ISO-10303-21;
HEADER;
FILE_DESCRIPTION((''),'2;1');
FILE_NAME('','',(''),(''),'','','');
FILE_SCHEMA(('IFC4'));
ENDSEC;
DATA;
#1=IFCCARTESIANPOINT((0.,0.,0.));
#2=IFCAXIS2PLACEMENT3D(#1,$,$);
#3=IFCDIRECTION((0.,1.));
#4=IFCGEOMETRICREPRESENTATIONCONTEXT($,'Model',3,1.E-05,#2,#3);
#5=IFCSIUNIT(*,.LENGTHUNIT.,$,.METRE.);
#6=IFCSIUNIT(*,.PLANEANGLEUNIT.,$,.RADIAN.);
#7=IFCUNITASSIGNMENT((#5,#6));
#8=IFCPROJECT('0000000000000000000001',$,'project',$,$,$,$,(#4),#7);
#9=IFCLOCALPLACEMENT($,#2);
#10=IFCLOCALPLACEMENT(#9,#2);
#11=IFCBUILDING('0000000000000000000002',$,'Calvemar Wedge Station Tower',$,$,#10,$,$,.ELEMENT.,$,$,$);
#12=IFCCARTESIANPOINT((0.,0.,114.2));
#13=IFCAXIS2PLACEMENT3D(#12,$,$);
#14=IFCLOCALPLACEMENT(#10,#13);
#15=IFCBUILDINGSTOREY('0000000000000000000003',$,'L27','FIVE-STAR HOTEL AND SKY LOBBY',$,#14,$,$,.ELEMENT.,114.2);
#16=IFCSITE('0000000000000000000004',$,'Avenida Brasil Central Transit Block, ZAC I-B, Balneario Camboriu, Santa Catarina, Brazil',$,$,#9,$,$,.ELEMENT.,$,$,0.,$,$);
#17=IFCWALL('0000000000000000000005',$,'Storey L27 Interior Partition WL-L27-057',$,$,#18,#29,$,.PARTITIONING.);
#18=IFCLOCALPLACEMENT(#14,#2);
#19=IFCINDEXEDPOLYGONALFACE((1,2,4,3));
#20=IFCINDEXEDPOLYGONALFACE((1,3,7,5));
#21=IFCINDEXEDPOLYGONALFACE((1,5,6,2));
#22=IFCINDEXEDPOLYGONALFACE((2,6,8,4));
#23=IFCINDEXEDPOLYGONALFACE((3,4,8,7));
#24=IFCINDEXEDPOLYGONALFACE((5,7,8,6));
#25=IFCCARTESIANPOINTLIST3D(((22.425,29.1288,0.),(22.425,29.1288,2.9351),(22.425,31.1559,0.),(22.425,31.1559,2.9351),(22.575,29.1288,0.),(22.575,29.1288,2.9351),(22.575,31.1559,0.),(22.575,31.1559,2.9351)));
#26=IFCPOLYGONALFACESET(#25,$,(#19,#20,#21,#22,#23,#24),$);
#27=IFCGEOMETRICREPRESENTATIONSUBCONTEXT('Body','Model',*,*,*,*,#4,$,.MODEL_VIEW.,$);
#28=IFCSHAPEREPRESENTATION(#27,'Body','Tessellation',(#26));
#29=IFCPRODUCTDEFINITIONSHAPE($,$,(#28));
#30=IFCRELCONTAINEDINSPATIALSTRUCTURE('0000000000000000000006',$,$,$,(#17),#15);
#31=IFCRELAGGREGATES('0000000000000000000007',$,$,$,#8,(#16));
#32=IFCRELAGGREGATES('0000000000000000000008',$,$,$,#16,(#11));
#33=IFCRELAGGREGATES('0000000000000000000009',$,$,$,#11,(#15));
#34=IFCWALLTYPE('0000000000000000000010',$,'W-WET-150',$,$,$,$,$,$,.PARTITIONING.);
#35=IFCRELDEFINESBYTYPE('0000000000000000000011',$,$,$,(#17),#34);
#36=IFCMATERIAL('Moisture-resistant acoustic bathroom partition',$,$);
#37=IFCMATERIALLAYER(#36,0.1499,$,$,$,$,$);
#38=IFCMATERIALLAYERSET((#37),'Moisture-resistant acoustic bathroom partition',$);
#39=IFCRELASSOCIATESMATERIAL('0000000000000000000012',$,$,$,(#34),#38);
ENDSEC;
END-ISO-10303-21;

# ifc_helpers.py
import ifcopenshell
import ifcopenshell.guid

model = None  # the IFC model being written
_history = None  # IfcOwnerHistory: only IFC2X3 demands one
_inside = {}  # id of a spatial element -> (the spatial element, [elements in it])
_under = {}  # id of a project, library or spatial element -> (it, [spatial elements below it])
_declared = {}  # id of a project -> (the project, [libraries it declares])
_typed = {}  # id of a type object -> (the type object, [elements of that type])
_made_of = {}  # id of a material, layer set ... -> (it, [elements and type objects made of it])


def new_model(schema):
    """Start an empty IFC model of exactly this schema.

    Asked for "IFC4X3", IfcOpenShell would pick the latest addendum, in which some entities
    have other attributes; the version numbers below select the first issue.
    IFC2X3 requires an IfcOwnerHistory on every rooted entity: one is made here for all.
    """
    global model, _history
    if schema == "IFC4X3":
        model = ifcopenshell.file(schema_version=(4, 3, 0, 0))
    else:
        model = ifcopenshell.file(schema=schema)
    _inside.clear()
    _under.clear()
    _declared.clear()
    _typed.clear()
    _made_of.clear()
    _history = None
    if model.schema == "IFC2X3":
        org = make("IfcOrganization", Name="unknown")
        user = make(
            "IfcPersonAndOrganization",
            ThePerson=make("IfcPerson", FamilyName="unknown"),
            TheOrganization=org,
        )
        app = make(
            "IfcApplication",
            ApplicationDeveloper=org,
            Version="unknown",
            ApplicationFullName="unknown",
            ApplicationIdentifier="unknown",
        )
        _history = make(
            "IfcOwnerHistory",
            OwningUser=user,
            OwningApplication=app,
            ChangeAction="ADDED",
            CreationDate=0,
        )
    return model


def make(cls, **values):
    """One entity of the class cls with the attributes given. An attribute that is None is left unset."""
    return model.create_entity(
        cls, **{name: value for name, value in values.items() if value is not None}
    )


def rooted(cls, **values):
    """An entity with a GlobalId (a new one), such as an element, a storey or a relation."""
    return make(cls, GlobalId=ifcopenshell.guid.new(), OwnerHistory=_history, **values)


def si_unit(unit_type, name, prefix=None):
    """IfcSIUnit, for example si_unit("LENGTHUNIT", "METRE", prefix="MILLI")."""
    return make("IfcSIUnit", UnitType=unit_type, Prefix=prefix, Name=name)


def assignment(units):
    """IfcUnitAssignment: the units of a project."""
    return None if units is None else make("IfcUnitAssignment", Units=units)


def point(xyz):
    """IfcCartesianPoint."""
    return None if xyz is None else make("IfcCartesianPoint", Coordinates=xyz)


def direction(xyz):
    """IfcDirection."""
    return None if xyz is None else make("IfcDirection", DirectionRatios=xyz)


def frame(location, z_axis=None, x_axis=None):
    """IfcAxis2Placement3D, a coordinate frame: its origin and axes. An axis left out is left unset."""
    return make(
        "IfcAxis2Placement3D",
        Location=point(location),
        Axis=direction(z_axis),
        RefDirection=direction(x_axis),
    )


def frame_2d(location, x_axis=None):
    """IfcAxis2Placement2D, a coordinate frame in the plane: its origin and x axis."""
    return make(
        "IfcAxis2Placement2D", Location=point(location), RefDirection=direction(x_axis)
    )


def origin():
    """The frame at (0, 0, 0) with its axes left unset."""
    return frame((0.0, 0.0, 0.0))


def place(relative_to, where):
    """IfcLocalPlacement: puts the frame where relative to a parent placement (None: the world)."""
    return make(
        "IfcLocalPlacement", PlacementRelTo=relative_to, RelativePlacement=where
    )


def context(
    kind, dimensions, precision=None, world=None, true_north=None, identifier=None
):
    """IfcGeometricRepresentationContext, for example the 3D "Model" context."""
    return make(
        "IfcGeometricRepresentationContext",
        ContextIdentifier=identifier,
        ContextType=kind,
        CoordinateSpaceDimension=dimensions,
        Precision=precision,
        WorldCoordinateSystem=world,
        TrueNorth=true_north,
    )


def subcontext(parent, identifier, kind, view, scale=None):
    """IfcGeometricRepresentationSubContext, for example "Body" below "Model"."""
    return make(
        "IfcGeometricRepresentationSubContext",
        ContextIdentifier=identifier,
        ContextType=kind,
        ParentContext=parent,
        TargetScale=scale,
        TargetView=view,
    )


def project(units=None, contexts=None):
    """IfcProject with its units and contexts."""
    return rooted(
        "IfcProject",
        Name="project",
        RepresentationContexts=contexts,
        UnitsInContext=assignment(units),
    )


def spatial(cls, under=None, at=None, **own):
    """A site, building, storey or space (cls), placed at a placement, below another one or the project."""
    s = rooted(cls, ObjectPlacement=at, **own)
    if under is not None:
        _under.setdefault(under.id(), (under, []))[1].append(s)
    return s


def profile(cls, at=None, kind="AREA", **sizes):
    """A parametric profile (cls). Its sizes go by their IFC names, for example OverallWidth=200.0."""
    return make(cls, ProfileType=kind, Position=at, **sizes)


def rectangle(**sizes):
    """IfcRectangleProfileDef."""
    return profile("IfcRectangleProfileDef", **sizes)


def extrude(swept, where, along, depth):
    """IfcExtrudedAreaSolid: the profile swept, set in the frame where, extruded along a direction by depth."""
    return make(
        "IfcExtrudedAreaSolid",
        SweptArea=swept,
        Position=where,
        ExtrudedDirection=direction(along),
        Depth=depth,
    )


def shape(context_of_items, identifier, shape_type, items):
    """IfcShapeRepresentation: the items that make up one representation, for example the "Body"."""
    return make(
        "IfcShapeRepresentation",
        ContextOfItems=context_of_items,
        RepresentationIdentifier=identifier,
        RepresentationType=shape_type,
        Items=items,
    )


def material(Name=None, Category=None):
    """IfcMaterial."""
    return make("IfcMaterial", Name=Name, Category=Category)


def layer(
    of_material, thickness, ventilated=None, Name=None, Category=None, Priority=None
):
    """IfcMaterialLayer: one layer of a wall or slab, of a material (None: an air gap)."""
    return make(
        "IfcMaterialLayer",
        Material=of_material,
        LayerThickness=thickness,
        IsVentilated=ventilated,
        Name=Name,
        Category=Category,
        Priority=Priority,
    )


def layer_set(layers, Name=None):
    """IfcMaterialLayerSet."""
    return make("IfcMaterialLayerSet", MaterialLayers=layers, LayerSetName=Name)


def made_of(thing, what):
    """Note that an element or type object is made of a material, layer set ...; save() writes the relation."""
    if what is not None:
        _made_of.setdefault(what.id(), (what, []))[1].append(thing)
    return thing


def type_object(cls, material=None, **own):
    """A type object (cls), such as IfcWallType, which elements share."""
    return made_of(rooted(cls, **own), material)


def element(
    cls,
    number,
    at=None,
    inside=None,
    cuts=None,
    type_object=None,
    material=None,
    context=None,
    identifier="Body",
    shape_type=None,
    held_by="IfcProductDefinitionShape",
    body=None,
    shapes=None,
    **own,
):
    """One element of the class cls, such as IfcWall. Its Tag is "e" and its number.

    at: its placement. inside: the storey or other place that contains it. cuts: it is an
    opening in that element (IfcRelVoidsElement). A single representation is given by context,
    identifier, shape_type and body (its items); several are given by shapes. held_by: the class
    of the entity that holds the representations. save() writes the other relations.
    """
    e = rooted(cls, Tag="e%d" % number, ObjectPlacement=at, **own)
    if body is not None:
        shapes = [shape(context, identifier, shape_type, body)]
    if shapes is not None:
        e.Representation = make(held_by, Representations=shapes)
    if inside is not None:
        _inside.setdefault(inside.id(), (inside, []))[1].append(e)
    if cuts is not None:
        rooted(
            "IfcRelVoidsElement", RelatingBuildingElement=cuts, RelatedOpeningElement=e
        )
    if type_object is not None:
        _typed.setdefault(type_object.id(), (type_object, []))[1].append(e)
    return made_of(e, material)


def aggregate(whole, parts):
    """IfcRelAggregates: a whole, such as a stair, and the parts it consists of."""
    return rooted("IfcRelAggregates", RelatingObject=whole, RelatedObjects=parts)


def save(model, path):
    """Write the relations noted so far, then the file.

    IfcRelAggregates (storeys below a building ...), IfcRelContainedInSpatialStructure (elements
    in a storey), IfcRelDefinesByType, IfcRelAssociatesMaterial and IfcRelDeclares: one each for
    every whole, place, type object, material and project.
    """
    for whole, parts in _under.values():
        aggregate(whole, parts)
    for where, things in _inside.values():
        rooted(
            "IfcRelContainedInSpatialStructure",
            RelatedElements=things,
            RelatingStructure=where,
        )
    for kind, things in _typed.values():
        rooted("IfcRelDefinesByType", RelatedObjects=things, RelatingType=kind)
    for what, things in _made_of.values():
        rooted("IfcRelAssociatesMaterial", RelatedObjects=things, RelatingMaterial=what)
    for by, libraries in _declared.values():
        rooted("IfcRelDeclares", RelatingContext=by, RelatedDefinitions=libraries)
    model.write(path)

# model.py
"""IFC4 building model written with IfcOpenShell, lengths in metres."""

from ifc_helpers import new_model, si_unit, direction, frame, frame_2d, origin, place, context, subcontext, project, spatial, rectangle, extrude, material, layer, layer_set, type_object, element, save


model = new_model("IFC4")

# Units and contexts
model_context = context("Model", 3, precision=1e-05, world=origin(), true_north=direction((0.0, 1.0)))
body_context = subcontext(model_context, "Body", "Model", "MODEL_VIEW")
ifc_project = project(units=[si_unit("LENGTHUNIT", "METRE"), si_unit("PLANEANGLEUNIT", "RADIAN")], contexts=[model_context])

# Site, building, storey
site_placement = place(None, origin())
site = spatial("IfcSite", under=ifc_project, at=site_placement, Name="Avenida Brasil Central Transit Block, ZAC I-B, Balneario Camboriu, Santa Catarina, Brazil", CompositionType="ELEMENT", RefElevation=0.0)
building_placement = place(site_placement, origin())
building = spatial("IfcBuilding", under=site, at=building_placement, Name="Calvemar Wedge Station Tower", CompositionType="ELEMENT")
storey_placement = place(building_placement, frame((0.0, 0.0, 114.2)))
storey = spatial("IfcBuildingStorey", under=building, at=storey_placement, Name="L27", Description="FIVE-STAR HOTEL AND SKY LOBBY", CompositionType="ELEMENT", Elevation=114.2)

# Shared definitions
ifc_material_1 = material(Name="Moisture-resistant acoustic bathroom partition")
ifc_layer_1 = layer(ifc_material_1, 0.1499)
ifc_layer_set_1 = layer_set([ifc_layer_1], Name="Moisture-resistant acoustic bathroom partition")
wall_type_1 = type_object("IfcWallType", Name="W-WET-150", PredefinedType="PARTITIONING", material=ifc_layer_set_1)

# Wall
wall_1_placement = place(storey_placement, frame((22.5, 31.156, 0.0), z_axis=(0.0, 0.0, 1.0), x_axis=(0.0, -1.0, 0.0)))
element("IfcWall", 1, at=wall_1_placement, inside=storey, type_object=wall_type_1, Name="Storey L27 Interior Partition WL-L27-057", PredefinedType="PARTITIONING", context=body_context, shape_type="SweptSolid", body=[
    extrude(rectangle(XDim=2.0271, YDim=0.1499, at=frame_2d((1.0137, 0.0))), origin(), (0.0, 0.0, 1.0), 2.9351),
])

save(model, "model.ifc")
